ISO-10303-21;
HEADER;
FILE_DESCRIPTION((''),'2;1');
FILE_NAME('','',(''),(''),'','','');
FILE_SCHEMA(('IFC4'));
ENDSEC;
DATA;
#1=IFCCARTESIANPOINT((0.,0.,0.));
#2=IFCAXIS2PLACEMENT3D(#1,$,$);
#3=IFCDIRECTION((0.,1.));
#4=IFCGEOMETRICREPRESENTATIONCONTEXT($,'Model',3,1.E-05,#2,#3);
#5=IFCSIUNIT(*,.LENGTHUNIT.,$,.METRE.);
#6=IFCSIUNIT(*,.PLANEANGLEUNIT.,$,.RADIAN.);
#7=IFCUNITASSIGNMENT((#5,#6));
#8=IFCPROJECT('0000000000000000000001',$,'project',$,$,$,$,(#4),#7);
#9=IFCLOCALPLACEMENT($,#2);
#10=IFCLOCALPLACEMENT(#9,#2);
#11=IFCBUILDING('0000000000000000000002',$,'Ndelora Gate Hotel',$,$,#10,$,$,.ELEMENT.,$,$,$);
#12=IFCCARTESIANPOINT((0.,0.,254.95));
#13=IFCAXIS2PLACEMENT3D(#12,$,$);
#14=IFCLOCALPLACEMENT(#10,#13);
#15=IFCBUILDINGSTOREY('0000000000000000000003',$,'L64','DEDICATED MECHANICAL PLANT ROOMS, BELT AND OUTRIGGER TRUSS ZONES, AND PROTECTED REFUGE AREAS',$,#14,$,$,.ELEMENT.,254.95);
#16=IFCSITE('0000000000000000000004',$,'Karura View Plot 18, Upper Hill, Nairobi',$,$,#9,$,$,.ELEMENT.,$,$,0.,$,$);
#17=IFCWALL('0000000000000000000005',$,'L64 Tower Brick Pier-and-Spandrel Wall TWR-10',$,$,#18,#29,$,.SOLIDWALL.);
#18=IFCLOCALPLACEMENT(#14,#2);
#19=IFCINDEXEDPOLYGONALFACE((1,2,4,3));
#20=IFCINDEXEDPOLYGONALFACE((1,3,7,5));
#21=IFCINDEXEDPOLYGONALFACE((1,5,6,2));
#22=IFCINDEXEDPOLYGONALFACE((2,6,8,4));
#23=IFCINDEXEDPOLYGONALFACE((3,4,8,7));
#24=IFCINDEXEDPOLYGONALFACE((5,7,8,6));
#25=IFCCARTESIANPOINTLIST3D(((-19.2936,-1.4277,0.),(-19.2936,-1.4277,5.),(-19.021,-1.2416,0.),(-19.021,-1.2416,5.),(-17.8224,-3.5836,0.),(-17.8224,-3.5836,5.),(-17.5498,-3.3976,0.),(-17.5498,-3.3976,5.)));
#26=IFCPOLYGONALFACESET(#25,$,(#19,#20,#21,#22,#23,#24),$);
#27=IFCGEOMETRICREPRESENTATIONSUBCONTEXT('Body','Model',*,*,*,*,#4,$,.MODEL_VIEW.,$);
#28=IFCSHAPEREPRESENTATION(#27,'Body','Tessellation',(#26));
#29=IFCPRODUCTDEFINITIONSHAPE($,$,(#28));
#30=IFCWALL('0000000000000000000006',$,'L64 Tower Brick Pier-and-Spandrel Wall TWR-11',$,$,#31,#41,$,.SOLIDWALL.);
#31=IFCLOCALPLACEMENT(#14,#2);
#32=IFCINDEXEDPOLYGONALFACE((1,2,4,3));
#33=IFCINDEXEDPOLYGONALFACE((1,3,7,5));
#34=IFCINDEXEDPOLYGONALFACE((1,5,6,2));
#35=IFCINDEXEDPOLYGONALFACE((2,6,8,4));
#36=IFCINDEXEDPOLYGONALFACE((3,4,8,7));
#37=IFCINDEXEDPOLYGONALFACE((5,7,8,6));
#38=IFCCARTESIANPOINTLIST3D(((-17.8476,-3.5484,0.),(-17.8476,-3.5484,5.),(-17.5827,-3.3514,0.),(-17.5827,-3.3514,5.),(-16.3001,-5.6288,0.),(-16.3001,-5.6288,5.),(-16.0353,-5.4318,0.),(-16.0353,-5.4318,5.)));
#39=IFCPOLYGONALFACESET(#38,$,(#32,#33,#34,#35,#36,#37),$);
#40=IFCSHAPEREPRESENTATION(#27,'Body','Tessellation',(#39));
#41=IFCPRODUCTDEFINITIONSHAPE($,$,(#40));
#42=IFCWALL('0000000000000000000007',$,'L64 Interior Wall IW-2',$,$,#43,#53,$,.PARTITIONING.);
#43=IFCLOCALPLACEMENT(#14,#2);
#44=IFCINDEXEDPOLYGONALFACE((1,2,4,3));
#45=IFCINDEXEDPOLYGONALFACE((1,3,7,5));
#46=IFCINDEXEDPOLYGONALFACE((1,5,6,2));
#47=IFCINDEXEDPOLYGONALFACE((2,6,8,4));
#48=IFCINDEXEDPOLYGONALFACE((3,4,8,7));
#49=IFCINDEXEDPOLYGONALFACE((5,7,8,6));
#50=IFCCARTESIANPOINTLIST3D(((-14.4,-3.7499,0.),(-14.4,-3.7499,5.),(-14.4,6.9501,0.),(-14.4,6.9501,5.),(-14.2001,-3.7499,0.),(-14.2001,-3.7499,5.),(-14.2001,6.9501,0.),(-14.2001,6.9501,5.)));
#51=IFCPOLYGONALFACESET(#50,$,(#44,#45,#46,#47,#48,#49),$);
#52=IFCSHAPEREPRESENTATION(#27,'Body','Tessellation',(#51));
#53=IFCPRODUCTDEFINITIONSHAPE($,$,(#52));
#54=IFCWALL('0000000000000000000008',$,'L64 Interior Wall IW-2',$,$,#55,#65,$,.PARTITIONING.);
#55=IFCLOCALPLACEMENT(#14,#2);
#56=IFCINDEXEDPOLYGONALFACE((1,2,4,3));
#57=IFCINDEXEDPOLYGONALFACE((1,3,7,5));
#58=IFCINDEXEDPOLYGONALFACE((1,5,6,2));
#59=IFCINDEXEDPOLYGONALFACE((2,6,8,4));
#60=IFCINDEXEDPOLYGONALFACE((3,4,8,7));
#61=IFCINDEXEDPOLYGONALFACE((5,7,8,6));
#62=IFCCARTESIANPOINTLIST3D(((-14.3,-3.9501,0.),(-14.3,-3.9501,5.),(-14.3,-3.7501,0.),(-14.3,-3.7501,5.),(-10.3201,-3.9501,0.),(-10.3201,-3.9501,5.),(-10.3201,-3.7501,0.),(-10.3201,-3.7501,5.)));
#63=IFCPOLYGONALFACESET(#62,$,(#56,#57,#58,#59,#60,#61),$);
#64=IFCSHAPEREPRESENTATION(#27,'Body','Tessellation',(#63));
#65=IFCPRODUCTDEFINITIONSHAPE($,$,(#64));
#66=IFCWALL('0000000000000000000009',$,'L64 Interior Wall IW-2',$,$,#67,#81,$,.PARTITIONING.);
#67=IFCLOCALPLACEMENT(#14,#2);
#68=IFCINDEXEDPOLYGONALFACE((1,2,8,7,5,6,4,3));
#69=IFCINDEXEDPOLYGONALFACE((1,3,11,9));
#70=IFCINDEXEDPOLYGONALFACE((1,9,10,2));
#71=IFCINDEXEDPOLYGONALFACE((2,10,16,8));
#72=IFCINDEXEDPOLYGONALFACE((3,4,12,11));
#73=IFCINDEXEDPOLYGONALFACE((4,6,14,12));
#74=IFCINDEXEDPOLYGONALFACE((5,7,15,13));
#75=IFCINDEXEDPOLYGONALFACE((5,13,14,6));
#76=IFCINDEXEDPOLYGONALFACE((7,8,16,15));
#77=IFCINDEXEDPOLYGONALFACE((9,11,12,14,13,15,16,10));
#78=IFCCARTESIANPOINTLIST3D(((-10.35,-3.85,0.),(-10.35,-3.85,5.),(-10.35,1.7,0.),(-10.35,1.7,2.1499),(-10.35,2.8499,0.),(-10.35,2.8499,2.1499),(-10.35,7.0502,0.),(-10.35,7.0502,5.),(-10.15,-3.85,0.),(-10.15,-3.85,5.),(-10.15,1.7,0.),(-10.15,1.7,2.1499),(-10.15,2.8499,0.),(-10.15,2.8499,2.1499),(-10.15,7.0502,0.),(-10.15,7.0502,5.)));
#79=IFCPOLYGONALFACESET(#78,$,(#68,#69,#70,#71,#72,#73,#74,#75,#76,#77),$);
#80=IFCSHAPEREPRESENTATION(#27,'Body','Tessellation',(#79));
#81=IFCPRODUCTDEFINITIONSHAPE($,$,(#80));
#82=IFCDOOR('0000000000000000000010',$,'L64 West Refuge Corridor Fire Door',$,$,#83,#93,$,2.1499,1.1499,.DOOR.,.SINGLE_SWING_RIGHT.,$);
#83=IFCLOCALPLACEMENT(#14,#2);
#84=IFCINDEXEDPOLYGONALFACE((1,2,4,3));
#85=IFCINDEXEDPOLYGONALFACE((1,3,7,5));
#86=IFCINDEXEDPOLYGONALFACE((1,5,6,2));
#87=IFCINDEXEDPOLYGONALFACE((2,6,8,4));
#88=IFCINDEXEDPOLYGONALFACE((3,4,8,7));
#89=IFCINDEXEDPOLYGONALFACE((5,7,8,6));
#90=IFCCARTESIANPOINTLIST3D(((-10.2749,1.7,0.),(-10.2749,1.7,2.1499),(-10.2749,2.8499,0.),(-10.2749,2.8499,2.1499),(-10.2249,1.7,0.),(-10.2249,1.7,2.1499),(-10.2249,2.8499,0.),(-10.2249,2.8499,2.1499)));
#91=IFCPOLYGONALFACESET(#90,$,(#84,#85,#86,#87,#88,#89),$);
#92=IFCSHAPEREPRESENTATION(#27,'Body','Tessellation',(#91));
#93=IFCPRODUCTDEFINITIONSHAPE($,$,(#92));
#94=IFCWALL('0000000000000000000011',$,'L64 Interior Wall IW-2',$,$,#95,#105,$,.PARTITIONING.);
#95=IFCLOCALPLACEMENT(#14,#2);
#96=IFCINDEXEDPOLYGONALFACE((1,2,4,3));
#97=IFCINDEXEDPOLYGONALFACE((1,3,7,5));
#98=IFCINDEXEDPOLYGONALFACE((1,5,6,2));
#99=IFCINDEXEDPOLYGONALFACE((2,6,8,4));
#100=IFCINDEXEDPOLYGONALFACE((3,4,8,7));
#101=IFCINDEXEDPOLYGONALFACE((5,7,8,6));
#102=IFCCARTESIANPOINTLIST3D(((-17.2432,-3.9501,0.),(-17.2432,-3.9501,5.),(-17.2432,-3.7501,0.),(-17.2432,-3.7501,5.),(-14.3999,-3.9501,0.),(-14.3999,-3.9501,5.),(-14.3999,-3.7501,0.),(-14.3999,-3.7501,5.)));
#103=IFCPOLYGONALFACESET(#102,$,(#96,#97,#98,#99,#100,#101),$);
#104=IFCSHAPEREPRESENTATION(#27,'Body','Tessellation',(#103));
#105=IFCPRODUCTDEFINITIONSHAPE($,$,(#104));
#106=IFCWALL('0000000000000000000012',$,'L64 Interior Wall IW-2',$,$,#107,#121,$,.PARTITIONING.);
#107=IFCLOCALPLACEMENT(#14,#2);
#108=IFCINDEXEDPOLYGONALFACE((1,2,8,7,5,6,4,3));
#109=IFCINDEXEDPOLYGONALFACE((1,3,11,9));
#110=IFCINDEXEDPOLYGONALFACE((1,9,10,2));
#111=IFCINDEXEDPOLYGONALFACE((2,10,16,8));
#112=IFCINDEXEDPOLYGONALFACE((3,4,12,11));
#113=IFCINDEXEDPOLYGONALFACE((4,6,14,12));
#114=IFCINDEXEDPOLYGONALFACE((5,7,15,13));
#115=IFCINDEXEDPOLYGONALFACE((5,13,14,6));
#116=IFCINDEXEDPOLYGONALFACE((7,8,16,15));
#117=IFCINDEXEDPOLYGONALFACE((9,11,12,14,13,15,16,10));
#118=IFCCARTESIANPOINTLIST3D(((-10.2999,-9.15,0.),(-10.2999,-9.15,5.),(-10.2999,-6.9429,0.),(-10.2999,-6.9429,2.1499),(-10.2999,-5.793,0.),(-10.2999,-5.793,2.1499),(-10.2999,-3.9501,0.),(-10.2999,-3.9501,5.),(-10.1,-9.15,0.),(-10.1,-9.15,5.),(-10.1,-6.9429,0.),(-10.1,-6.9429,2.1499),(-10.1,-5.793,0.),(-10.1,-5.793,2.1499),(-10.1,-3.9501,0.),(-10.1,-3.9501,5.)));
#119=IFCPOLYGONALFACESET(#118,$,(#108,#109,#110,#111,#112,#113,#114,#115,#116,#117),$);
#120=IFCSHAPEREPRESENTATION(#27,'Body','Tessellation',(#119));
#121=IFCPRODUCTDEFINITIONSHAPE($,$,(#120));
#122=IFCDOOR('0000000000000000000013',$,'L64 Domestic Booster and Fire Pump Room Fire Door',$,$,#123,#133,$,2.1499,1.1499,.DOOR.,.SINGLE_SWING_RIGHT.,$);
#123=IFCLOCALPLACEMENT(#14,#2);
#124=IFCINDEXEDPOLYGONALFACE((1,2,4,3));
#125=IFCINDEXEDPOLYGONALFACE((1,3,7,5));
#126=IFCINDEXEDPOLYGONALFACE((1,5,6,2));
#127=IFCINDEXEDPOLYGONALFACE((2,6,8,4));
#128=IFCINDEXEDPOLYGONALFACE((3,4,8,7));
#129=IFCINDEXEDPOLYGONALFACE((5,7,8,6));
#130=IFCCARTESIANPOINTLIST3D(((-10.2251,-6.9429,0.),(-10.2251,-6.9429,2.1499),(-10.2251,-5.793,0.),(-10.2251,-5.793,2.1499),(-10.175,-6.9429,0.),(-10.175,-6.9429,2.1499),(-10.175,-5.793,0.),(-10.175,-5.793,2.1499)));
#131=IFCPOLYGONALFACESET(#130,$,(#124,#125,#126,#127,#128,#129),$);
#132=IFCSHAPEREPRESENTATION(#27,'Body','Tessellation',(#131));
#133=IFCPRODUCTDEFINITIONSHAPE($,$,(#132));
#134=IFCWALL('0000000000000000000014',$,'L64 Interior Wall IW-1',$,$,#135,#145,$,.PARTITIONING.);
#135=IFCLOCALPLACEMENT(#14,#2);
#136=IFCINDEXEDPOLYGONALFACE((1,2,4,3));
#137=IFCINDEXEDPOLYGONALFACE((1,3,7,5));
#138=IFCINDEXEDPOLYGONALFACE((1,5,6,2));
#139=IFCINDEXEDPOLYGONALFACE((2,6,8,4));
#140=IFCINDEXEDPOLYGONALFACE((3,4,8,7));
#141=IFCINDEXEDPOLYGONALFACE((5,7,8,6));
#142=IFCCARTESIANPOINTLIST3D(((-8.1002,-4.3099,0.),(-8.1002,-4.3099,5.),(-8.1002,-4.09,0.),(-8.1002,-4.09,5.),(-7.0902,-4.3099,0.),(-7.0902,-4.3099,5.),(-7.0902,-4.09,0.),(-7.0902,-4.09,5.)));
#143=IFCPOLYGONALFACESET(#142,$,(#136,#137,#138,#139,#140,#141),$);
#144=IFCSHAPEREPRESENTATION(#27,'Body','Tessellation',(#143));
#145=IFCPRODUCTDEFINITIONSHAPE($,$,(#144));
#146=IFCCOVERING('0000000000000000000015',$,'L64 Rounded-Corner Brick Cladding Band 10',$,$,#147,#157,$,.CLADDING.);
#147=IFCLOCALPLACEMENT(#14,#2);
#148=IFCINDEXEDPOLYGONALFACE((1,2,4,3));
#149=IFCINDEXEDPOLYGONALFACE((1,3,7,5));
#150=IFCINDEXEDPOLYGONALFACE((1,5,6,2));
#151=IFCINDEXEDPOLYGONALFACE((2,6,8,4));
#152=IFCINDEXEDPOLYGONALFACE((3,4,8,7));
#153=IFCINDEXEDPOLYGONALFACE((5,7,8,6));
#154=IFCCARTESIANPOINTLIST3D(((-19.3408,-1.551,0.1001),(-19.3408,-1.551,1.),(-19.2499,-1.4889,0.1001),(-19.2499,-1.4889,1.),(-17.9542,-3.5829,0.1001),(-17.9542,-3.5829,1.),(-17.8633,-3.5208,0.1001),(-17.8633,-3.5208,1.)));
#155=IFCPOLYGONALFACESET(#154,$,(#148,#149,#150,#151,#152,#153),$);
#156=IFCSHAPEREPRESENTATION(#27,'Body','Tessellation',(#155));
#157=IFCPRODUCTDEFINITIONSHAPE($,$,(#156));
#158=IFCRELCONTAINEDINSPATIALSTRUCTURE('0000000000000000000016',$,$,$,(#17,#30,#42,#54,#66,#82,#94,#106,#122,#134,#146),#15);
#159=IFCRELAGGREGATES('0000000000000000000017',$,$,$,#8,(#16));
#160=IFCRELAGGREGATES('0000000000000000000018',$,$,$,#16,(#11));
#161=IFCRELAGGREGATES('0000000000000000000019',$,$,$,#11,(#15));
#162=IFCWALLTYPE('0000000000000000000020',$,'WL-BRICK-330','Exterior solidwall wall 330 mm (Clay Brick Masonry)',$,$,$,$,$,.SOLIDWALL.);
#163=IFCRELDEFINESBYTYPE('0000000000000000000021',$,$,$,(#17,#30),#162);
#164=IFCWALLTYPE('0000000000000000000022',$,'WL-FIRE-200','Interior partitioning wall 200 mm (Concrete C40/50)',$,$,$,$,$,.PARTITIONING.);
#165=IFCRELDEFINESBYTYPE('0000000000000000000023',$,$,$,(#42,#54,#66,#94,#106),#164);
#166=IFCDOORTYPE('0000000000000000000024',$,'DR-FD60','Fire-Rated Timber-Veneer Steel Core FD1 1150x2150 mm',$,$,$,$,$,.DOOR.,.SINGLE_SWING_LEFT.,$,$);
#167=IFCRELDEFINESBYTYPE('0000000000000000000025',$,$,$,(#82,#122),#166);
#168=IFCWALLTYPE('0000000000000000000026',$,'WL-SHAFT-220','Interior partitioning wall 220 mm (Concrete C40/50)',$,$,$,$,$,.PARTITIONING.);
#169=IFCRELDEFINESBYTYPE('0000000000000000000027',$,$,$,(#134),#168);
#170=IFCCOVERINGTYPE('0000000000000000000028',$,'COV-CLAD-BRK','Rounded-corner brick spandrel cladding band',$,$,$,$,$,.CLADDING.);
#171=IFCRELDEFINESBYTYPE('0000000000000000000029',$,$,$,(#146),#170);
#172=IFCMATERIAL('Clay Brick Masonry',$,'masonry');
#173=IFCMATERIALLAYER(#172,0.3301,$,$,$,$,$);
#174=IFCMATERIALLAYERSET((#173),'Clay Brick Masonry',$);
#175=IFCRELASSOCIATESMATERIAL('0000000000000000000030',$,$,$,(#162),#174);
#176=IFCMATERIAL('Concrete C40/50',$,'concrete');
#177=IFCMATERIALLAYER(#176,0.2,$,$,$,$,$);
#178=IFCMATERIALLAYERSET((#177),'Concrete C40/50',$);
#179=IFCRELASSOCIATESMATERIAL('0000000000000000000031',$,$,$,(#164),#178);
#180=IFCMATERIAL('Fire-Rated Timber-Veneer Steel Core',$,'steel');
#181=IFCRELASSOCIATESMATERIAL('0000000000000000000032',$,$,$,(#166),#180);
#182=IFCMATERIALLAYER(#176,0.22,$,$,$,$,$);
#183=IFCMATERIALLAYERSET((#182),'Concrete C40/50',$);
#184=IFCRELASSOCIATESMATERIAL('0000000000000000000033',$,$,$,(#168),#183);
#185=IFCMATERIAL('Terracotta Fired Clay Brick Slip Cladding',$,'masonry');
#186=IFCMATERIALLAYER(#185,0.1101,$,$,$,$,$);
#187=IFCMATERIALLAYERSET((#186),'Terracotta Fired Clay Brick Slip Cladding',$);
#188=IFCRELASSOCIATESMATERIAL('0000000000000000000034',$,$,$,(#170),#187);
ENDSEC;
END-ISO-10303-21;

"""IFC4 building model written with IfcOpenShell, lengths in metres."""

from ifc_helpers import new_model, si_unit, direction, frame, frame_2d, origin, origin_2d, place, context, subcontext, project, spatial, rectangle, extrude, material, layer, layer_set, type_object, element, fill, save


model = new_model("IFC4")

# Units and contexts
model_context = context("Model", 3, precision=1e-05, world=origin(), true_north=direction((0.0, 1.0)))
body_context = subcontext(model_context, "Body", "Model", "MODEL_VIEW")
ifc_project = project(units=[si_unit("LENGTHUNIT", "METRE"), si_unit("PLANEANGLEUNIT", "RADIAN")], contexts=[model_context])

# Site, building, storey
site_placement = place(None, origin())
site = spatial("IfcSite", under=ifc_project, at=site_placement, Name="Karura View Plot 18, Upper Hill, Nairobi", CompositionType="ELEMENT", RefElevation=0.0)
building_placement = place(site_placement, origin())
building = spatial("IfcBuilding", under=site, at=building_placement, Name="Ndelora Gate Hotel", CompositionType="ELEMENT")
storey_placement = place(building_placement, frame((0.0, 0.0, 254.95)))
storey = spatial("IfcBuildingStorey", under=building, at=storey_placement, Name="L64", Description="DEDICATED MECHANICAL PLANT ROOMS, BELT AND OUTRIGGER TRUSS ZONES, AND PROTECTED REFUGE AREAS", CompositionType="ELEMENT", Elevation=254.95)

# Walls
ifc_material_1 = material(Name="Clay Brick Masonry", Category="masonry")
ifc_layer_1 = layer(ifc_material_1, 0.3301)
ifc_layer_set_1 = layer_set([ifc_layer_1], Name="Clay Brick Masonry")
wall_type_1 = type_object("IfcWallType", Name="WL-BRICK-330", Description="Exterior solidwall wall 330 mm (Clay Brick Masonry)", PredefinedType="SOLIDWALL", material=ifc_layer_set_1)
wall_1_placement = place(storey_placement, frame((-17.686, -3.4907, 0.0), z_axis=(0.0, 0.0, 1.0), x_axis=(-0.563647, 0.826016, 0.0)))
element("IfcWall", 1, at=wall_1_placement, inside=storey, type_object=wall_type_1, Name="L64 Tower Brick Pier-and-Spandrel Wall TWR-10", PredefinedType="SOLIDWALL", context=body_context, shape_type="SweptSolid", body=[
    extrude(rectangle(XDim=2.6101, YDim=0.3301, at=frame_2d((1.3052, 0.0))), origin(), (0.0, 0.0, 1.0), 5.0),
])
wall_2_placement = place(storey_placement, frame((-16.1677, -5.5303, 0.0), z_axis=(0.0, 0.0, 1.0), x_axis=(-0.596816, 0.802378, 0.0)))
element("IfcWall", 2, at=wall_2_placement, inside=storey, type_object=wall_type_1, Name="L64 Tower Brick Pier-and-Spandrel Wall TWR-11", PredefinedType="SOLIDWALL", context=body_context, shape_type="SweptSolid", body=[
    extrude(rectangle(XDim=2.5928, YDim=0.3301, at=frame_2d((1.2964, 0.0))), origin(), (0.0, 0.0, 1.0), 5.0),
])

# Shared definitions
ifc_material_2 = material(Name="Concrete C40/50", Category="concrete")
ifc_layer_2 = layer(ifc_material_2, 0.2)
ifc_layer_set_2 = layer_set([ifc_layer_2], Name="Concrete C40/50")
wall_type_2 = type_object("IfcWallType", Name="WL-FIRE-200", Description="Interior partitioning wall 200 mm (Concrete C40/50)", PredefinedType="PARTITIONING", material=ifc_layer_set_2)
ifc_material_3 = material(Name="Fire-Rated Timber-Veneer Steel Core", Category="steel")
door_type = type_object("IfcDoorType", Name="DR-FD60", Description="Fire-Rated Timber-Veneer Steel Core FD1 1150x2150 mm", OperationType="SINGLE_SWING_LEFT", PredefinedType="DOOR", material=ifc_material_3)

# Walls
wall_3_placement = place(storey_placement, frame((-14.3, -3.75, 0.0), z_axis=(0.0, 0.0, 1.0), x_axis=(0.0, 1.0, 0.0)))
element("IfcWall", 3, at=wall_3_placement, inside=storey, type_object=wall_type_2, Name="L64 Interior Wall IW-2", PredefinedType="PARTITIONING", context=body_context, shape_type="SweptSolid", body=[
    extrude(rectangle(XDim=10.7, YDim=0.2, at=frame_2d((5.3501, 0.0))), origin(), (0.0, 0.0, 1.0), 5.0),
])
wall_4_placement = place(storey_placement, frame((-14.3, -3.8501, 0.0), z_axis=(0.0, 0.0, 1.0), x_axis=(1.0, 0.0, 0.0)))
element("IfcWall", 4, at=wall_4_placement, inside=storey, type_object=wall_type_2, Name="L64 Interior Wall IW-2", PredefinedType="PARTITIONING", context=body_context, shape_type="SweptSolid", body=[
    extrude(rectangle(XDim=3.98, YDim=0.2, at=frame_2d((1.99, 0.0))), origin(), (0.0, 0.0, 1.0), 5.0),
])

# Wall, opening, door
wall_5_placement = place(storey_placement, frame((-10.25, -3.8501, 0.0), z_axis=(0.0, 0.0, 1.0), x_axis=(0.0, 1.0, 0.0)))
wall_5 = element("IfcWall", 5, at=wall_5_placement, inside=storey, type_object=wall_type_2, Name="L64 Interior Wall IW-2", PredefinedType="PARTITIONING", context=body_context, shape_type="SweptSolid", body=[
    extrude(rectangle(XDim=10.9001, YDim=0.2, at=frame_2d((5.4502, 0.0))), origin(), (0.0, 0.0, 1.0), 5.0),
])
opening_1_placement = place(wall_5_placement, frame((5.55, 0.0, 0.0)))
opening_1 = element("IfcOpeningElement", 6, at=opening_1_placement, cuts=wall_5, PredefinedType="OPENING", context=body_context, shape_type="SweptSolid", body=[
    extrude(rectangle(XDim=1.1499, YDim=2.1499, at=frame_2d((0.575, 1.075))), frame((0.0, 0.1099, 0.0), z_axis=(0.0, -1.0, 0.0), x_axis=(1.0, 0.0, 0.0)), (0.0, 0.0, 1.0), 0.22),
])
door_1_placement = place(opening_1_placement, origin())
door_1 = element("IfcDoor", 7, at=door_1_placement, inside=storey, type_object=door_type, Name="L64 West Refuge Corridor Fire Door", OperationType="SINGLE_SWING_RIGHT", OverallHeight=2.1499, OverallWidth=1.1499, PredefinedType="DOOR", context=body_context, shape_type="SweptSolid", body=[
    extrude(rectangle(XDim=1.1499, YDim=2.1499, at=frame_2d((0.575, 1.075))), frame((0.0, 0.0249, 0.0), z_axis=(0.0, -1.0, 0.0), x_axis=(1.0, 0.0, 0.0)), (0.0, 0.0, 1.0), 0.05),
])
fill(opening_1, door_1)

# Wall
wall_6_placement = place(storey_placement, frame((-14.3999, -3.8501, 0.0), z_axis=(0.0, 0.0, 1.0), x_axis=(-1.0, 0.0, 0.0)))
element("IfcWall", 8, at=wall_6_placement, inside=storey, type_object=wall_type_2, Name="L64 Interior Wall IW-2", PredefinedType="PARTITIONING", context=body_context, shape_type="SweptSolid", body=[
    extrude(rectangle(XDim=2.8433, YDim=0.2, at=frame_2d((1.4216, 0.0))), origin(), (0.0, 0.0, 1.0), 5.0),
])

# Wall, opening, door
wall_7_placement = place(storey_placement, frame((-10.2, -3.95, 0.0), z_axis=(0.0, 0.0, 1.0), x_axis=(0.0, -1.0, 0.0)))
wall_7 = element("IfcWall", 9, at=wall_7_placement, inside=storey, type_object=wall_type_2, Name="L64 Interior Wall IW-2", PredefinedType="PARTITIONING", context=body_context, shape_type="SweptSolid", body=[
    extrude(rectangle(XDim=5.2, YDim=0.2, at=frame_2d((2.6001, 0.0))), origin(), (0.0, 0.0, 1.0), 5.0),
])
opening_2_placement = place(wall_7_placement, frame((1.843, 0.0, 0.0)))
opening_2 = element("IfcOpeningElement", 10, at=opening_2_placement, cuts=wall_7, PredefinedType="OPENING", context=body_context, shape_type="SweptSolid", body=[
    extrude(rectangle(XDim=1.1499, YDim=2.1499, at=frame_2d((0.575, 1.075))), frame((0.0, 0.1099, 0.0), z_axis=(0.0, -1.0, 0.0), x_axis=(1.0, 0.0, 0.0)), (0.0, 0.0, 1.0), 0.22),
])
door_2_placement = place(opening_2_placement, origin())
door_2 = element("IfcDoor", 11, at=door_2_placement, inside=storey, type_object=door_type, Name="L64 Domestic Booster and Fire Pump Room Fire Door", OperationType="SINGLE_SWING_RIGHT", OverallHeight=2.1499, OverallWidth=1.1499, PredefinedType="DOOR", context=body_context, shape_type="SweptSolid", body=[
    extrude(rectangle(XDim=1.1499, YDim=2.1499, at=frame_2d((0.575, 1.075))), frame((0.0, 0.0249, 0.0), z_axis=(0.0, -1.0, 0.0), x_axis=(1.0, 0.0, 0.0)), (0.0, 0.0, 1.0), 0.05),
])
fill(opening_2, door_2)

# Wall
ifc_layer_3 = layer(ifc_material_2, 0.22)
ifc_layer_set_3 = layer_set([ifc_layer_3], Name="Concrete C40/50")
wall_type_3 = type_object("IfcWallType", Name="WL-SHAFT-220", Description="Interior partitioning wall 220 mm (Concrete C40/50)", PredefinedType="PARTITIONING", material=ifc_layer_set_3)
wall_8_placement = place(storey_placement, frame((-8.1001, -4.2, 0.0), z_axis=(0.0, 0.0, 1.0), x_axis=(1.0, 0.0, 0.0)))
element("IfcWall", 12, at=wall_8_placement, inside=storey, type_object=wall_type_3, Name="L64 Interior Wall IW-1", PredefinedType="PARTITIONING", context=body_context, shape_type="SweptSolid", body=[
    extrude(rectangle(XDim=1.01, YDim=0.22, at=frame_2d((0.5049, 0.0))), origin(), (0.0, 0.0, 1.0), 5.0),
])

# Covering
ifc_material_4 = material(Name="Terracotta Fired Clay Brick Slip Cladding", Category="masonry")
ifc_layer_4 = layer(ifc_material_4, 0.1101)
ifc_layer_set_4 = layer_set([ifc_layer_4], Name="Terracotta Fired Clay Brick Slip Cladding")
covering_type = type_object("IfcCoveringType", Name="COV-CLAD-BRK", Description="Rounded-corner brick spandrel cladding band", PredefinedType="CLADDING", material=ifc_layer_set_4)
covering_placement = place(storey_placement, frame((-18.6021, -2.5359, 0.1001), z_axis=(0.0, 0.0, 1.0), x_axis=(-0.56367, 0.826, 0.0)))
element("IfcCovering", 13, at=covering_placement, inside=storey, type_object=covering_type, Name="L64 Rounded-Corner Brick Cladding Band 10", PredefinedType="CLADDING", context=body_context, shape_type="SweptSolid", body=[
    extrude(rectangle(XDim=2.46, YDim=0.1101, at=origin_2d()), origin(), (0.0, 0.0, 1.0), 0.8999),
])

save(model, "model.ifc")
